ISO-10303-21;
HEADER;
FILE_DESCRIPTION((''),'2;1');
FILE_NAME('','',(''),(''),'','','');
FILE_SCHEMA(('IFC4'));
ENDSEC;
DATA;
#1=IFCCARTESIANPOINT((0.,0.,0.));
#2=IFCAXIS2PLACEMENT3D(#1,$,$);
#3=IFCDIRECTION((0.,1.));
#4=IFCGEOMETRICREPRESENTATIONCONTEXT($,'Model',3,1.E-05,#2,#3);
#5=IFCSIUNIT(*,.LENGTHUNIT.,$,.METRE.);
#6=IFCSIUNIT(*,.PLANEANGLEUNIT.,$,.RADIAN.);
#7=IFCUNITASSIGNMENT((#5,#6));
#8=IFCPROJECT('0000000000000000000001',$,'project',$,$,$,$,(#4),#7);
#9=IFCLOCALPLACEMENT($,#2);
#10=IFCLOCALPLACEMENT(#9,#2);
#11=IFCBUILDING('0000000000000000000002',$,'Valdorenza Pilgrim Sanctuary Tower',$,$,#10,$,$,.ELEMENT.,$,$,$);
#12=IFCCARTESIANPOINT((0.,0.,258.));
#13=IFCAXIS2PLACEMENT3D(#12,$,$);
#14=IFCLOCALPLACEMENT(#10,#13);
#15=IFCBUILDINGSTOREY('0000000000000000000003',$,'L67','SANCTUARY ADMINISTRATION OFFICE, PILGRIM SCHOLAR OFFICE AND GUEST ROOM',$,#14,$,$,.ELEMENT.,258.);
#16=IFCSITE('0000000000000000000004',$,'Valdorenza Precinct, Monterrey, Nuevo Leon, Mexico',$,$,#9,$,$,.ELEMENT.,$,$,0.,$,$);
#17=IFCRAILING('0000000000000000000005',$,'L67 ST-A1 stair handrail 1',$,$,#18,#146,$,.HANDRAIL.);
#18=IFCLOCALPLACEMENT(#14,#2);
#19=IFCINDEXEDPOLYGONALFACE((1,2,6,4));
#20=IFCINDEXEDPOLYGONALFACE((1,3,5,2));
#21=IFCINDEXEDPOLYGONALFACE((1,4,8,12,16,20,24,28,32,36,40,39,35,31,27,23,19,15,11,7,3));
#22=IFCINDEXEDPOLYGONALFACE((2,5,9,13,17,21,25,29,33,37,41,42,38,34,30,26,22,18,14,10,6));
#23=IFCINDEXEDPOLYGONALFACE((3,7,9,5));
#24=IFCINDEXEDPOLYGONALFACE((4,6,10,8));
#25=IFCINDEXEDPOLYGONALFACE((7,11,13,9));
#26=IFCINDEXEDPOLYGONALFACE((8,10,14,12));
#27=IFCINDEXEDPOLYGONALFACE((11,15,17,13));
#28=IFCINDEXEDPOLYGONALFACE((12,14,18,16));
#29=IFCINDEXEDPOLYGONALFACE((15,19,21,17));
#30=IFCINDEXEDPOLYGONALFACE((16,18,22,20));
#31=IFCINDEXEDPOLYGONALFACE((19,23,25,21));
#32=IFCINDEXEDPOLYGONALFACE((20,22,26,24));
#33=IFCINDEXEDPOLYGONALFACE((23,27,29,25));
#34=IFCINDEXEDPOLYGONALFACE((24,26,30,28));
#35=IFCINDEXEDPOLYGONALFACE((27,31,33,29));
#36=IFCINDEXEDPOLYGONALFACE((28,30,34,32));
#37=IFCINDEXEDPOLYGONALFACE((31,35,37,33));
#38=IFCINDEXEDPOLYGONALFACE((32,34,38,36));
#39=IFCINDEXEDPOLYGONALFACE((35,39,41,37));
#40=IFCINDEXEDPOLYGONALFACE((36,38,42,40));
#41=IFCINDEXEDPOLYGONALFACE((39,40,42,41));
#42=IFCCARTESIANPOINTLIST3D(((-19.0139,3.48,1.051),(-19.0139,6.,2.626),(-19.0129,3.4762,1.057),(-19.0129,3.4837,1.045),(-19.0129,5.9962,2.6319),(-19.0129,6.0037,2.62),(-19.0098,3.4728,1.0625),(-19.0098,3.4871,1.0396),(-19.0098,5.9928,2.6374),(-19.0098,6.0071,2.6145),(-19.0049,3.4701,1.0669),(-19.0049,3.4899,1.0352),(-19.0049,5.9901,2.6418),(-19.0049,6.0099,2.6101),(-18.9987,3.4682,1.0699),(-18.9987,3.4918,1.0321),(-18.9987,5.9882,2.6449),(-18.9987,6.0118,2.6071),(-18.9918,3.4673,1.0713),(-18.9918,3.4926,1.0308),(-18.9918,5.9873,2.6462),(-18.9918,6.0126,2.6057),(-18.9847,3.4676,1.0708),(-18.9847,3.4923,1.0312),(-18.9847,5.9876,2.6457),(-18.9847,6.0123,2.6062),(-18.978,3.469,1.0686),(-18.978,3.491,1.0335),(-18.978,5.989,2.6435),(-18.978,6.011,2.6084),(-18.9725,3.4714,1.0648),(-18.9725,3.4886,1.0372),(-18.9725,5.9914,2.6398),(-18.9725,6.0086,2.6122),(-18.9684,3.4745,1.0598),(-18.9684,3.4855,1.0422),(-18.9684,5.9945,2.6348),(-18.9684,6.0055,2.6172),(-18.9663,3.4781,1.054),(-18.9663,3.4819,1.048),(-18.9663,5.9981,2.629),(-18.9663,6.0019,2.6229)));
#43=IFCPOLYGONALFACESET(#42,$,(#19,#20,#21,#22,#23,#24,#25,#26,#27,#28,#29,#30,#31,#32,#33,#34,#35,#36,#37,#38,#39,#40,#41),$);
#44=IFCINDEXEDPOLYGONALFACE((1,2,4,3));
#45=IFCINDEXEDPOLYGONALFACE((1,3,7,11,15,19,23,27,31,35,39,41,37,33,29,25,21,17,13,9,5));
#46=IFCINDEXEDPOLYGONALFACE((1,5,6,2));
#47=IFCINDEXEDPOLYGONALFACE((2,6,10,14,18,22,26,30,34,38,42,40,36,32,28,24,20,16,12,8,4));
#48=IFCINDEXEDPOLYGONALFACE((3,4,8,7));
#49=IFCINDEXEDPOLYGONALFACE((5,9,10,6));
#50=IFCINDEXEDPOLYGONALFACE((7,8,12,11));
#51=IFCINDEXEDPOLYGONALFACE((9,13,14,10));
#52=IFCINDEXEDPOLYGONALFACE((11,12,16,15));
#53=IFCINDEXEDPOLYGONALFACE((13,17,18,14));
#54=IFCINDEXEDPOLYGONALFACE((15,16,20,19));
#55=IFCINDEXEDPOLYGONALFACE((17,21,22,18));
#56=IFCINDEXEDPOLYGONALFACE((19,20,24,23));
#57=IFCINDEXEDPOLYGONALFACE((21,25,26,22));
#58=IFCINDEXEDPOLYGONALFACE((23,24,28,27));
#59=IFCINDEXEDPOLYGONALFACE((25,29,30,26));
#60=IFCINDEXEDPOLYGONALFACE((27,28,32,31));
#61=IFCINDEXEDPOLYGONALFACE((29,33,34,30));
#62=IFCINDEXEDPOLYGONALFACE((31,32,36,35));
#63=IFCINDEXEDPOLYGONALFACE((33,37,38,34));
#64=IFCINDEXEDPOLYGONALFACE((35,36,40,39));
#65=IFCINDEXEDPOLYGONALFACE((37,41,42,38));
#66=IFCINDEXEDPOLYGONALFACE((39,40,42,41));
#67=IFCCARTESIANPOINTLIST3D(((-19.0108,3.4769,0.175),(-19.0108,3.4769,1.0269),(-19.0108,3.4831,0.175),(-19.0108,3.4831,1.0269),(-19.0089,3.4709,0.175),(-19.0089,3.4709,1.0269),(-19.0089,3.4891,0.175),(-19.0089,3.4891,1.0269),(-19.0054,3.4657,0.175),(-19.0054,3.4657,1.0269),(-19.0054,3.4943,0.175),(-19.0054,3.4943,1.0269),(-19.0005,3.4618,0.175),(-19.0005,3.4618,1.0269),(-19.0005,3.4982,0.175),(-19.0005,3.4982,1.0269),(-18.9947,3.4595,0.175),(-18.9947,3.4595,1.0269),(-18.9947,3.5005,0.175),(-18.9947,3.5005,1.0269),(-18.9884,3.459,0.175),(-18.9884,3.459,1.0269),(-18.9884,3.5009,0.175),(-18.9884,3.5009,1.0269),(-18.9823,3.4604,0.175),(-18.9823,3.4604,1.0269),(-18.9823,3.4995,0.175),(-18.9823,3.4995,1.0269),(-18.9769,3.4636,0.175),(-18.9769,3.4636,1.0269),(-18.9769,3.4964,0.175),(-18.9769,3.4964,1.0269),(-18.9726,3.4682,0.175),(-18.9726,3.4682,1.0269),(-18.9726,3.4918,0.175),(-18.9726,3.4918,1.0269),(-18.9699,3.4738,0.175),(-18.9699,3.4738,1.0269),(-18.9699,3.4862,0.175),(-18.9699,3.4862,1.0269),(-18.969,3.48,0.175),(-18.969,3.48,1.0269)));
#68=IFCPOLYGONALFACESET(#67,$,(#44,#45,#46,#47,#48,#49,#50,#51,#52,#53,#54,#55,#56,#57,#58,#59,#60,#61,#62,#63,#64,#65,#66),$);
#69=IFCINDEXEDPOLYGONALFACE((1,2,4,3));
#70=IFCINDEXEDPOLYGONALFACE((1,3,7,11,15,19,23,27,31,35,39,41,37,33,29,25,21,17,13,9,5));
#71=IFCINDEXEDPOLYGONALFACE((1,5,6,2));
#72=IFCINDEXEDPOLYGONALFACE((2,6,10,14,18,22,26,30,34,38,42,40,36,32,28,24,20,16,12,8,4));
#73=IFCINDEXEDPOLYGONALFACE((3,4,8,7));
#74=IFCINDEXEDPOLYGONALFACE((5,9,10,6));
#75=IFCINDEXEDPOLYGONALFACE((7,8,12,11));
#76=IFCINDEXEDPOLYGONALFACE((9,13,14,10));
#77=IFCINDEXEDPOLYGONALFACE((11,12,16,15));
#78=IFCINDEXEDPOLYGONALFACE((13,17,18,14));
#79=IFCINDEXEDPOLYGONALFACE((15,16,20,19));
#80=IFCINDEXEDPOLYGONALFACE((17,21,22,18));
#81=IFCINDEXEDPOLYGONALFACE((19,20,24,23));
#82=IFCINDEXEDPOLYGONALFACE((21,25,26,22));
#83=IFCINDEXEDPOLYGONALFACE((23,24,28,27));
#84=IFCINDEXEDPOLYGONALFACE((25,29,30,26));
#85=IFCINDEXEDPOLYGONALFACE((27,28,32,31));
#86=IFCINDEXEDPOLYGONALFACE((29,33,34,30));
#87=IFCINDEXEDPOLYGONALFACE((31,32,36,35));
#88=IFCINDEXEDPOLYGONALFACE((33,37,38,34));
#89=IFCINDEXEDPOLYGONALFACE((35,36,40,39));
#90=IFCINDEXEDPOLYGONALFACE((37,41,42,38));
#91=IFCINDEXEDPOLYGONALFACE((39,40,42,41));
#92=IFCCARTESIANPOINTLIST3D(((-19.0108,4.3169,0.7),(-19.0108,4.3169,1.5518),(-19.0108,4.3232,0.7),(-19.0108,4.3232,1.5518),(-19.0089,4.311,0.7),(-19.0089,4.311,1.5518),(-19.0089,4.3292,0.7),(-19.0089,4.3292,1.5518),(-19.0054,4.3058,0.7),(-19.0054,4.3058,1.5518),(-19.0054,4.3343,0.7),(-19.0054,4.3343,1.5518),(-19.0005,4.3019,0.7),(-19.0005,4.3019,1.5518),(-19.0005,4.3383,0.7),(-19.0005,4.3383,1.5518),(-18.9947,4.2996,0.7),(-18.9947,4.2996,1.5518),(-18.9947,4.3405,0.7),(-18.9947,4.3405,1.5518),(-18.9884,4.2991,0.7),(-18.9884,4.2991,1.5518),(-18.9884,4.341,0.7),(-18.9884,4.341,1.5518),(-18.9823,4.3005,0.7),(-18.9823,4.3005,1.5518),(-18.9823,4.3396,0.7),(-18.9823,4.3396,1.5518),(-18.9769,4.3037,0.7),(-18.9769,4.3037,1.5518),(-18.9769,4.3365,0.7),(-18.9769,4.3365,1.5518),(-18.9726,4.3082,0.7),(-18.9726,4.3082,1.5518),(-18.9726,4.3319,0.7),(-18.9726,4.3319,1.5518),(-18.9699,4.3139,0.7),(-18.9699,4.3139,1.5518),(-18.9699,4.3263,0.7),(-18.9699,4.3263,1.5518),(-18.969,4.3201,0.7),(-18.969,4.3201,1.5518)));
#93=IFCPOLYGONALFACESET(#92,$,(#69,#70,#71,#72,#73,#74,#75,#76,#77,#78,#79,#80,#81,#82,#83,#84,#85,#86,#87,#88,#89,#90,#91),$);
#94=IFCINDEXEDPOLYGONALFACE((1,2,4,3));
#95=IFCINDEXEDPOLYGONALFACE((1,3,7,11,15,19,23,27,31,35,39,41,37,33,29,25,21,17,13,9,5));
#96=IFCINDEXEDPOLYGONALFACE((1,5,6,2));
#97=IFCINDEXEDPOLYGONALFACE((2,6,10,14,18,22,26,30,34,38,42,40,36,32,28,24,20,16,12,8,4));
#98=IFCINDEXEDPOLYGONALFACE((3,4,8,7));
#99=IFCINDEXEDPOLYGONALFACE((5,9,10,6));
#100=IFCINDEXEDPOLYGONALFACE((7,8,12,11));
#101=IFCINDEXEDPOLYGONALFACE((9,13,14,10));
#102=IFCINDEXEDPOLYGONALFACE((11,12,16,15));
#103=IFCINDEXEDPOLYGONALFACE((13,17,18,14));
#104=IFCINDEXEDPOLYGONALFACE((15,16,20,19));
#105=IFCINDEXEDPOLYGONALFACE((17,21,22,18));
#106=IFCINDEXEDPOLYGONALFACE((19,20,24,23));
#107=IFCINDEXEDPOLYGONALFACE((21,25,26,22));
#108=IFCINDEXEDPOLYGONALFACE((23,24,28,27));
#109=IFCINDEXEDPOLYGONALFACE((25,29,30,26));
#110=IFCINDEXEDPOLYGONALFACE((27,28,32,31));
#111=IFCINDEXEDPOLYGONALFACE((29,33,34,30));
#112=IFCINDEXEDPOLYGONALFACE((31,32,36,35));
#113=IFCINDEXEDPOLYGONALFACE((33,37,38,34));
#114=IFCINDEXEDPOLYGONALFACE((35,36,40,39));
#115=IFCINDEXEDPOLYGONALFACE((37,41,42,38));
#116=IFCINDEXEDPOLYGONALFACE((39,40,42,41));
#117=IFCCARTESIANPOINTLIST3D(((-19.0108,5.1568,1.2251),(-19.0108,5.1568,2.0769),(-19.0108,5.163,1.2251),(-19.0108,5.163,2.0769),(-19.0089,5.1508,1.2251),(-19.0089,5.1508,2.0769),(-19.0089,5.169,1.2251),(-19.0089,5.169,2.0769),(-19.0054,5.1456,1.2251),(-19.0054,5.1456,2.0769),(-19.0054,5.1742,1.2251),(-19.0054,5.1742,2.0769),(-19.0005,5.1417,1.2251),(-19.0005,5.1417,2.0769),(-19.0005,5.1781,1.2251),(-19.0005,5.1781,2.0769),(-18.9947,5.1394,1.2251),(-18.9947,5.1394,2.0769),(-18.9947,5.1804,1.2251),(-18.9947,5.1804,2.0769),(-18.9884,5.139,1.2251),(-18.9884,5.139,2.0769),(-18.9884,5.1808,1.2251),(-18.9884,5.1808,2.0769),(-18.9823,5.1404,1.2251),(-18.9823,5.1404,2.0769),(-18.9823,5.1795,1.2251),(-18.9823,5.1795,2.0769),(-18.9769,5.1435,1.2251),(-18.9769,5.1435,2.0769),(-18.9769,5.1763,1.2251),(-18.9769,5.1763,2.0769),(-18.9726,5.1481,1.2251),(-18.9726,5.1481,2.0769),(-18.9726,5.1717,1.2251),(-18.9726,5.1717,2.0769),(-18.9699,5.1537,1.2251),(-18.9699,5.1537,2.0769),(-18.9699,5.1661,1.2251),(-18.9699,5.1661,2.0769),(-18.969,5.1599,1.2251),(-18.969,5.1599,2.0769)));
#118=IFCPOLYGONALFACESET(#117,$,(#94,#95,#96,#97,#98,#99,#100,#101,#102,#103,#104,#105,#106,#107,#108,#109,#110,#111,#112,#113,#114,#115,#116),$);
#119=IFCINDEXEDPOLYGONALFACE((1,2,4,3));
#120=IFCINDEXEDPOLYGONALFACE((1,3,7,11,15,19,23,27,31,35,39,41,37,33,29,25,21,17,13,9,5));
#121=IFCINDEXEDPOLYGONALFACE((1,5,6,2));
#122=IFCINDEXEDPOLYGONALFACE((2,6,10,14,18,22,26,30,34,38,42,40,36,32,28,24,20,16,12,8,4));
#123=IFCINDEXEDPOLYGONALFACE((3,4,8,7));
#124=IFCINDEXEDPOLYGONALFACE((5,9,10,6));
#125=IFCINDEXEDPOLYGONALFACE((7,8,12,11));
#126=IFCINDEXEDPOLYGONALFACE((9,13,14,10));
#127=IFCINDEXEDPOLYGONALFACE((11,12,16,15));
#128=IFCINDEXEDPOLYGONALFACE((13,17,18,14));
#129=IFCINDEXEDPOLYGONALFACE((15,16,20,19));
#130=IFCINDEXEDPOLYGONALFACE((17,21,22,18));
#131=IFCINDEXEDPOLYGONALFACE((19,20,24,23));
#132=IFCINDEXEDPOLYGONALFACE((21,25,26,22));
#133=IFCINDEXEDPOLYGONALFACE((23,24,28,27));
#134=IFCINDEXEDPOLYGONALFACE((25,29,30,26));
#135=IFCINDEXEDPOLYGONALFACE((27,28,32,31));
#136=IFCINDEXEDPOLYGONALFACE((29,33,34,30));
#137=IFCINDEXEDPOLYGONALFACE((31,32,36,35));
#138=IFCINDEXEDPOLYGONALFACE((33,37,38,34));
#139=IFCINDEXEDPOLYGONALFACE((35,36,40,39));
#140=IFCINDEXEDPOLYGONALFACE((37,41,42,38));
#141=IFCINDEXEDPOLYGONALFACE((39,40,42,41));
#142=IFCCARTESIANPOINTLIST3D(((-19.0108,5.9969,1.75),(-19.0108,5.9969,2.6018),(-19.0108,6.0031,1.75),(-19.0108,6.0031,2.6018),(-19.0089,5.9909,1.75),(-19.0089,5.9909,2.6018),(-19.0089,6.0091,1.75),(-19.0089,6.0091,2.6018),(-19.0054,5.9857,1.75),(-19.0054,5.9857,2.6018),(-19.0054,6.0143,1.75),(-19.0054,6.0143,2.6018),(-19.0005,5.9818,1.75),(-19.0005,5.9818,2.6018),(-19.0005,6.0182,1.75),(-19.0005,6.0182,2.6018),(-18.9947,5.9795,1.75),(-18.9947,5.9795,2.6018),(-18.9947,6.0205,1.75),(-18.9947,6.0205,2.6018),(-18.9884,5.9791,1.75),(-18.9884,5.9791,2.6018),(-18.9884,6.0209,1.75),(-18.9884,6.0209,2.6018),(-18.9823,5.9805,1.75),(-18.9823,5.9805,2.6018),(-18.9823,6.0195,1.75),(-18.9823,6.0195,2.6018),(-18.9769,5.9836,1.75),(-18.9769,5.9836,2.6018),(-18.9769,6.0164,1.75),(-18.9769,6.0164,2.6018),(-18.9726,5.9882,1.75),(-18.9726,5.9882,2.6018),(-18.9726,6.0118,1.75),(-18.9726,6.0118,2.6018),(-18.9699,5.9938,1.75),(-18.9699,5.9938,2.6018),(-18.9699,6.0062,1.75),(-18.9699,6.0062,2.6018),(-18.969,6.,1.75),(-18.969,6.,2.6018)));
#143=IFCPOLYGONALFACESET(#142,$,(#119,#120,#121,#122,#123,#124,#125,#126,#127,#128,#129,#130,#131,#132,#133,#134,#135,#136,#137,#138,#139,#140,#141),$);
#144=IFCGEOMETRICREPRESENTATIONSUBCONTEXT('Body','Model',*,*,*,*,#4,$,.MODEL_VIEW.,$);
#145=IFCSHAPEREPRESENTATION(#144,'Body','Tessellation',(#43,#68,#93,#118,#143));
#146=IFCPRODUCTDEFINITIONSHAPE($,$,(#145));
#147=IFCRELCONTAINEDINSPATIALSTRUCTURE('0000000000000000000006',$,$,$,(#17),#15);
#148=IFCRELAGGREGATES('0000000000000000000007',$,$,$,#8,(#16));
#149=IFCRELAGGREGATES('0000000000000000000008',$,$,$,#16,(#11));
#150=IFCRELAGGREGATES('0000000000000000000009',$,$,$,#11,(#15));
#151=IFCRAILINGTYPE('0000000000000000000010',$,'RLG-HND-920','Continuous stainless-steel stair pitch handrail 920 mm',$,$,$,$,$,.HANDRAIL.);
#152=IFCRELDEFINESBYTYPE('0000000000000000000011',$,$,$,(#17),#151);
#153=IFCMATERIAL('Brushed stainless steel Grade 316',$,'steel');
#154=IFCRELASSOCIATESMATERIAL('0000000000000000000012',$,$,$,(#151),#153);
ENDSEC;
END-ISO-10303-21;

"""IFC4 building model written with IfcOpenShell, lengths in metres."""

from ifc_helpers import new_model, si_unit, direction, frame, origin, origin_2d, place, context, subcontext, project, spatial, circle, extrude, material, type_object, element, save


model = new_model("IFC4")

# Units and contexts
model_context = context("Model", 3, precision=1e-05, world=origin(), true_north=direction((0.0, 1.0)))
body_context = subcontext(model_context, "Body", "Model", "MODEL_VIEW")
ifc_project = project(units=[si_unit("LENGTHUNIT", "METRE"), si_unit("PLANEANGLEUNIT", "RADIAN")], contexts=[model_context])

# Site, building, storey
site_placement = place(None, origin())
site = spatial("IfcSite", under=ifc_project, at=site_placement, Name="Valdorenza Precinct, Monterrey, Nuevo Leon, Mexico", CompositionType="ELEMENT", RefElevation=0.0)
building_placement = place(site_placement, origin())
building = spatial("IfcBuilding", under=site, at=building_placement, Name="Valdorenza Pilgrim Sanctuary Tower", CompositionType="ELEMENT")
storey_placement = place(building_placement, frame((0.0, 0.0, 258.0)))
storey = spatial("IfcBuildingStorey", under=building, at=storey_placement, Name="L67", Description="SANCTUARY ADMINISTRATION OFFICE, PILGRIM SCHOLAR OFFICE AND GUEST ROOM", CompositionType="ELEMENT", Elevation=258.0)

# Shared definitions
ifc_material_1 = material(Name="Brushed stainless steel Grade 316", Category="steel")

# Railing
railing_type_1 = type_object("IfcRailingType", Name="RLG-HND-920", Description="Continuous stainless-steel stair pitch handrail 920 mm", PredefinedType="HANDRAIL", material=ifc_material_1)
railing_1_placement = place(storey_placement, frame((-18.99, 3.48, 0.175)))
element("IfcRailing", 1, at=railing_1_placement, inside=storey, type_object=railing_type_1, Name="L67 ST-A1 stair handrail 1", PredefinedType="HANDRAIL", context=body_context, shape_type="SweptSolid", body=[
    extrude(circle(Radius=0.0239, at=origin_2d()), frame((0.0, 0.0, 0.876), z_axis=(0.0, 0.848008, 0.529984), x_axis=(-1.0, 0.0, 0.0)), (0.0, 0.0, 1.0), 2.9717),
    extrude(circle(Radius=0.021, at=origin_2d()), origin(), (0.0, 0.0, 1.0), 0.8518),
    extrude(circle(Radius=0.021, at=origin_2d()), frame((0.0, 0.8401, 0.5249)), (0.0, 0.0, 1.0), 0.8518),
    extrude(circle(Radius=0.021, at=origin_2d()), frame((0.0, 1.6799, 1.05)), (0.0, 0.0, 1.0), 0.8518),
    extrude(circle(Radius=0.021, at=origin_2d()), frame((0.0, 2.52, 1.575)), (0.0, 0.0, 1.0), 0.8518),
])

save(model, "model.ifc")
